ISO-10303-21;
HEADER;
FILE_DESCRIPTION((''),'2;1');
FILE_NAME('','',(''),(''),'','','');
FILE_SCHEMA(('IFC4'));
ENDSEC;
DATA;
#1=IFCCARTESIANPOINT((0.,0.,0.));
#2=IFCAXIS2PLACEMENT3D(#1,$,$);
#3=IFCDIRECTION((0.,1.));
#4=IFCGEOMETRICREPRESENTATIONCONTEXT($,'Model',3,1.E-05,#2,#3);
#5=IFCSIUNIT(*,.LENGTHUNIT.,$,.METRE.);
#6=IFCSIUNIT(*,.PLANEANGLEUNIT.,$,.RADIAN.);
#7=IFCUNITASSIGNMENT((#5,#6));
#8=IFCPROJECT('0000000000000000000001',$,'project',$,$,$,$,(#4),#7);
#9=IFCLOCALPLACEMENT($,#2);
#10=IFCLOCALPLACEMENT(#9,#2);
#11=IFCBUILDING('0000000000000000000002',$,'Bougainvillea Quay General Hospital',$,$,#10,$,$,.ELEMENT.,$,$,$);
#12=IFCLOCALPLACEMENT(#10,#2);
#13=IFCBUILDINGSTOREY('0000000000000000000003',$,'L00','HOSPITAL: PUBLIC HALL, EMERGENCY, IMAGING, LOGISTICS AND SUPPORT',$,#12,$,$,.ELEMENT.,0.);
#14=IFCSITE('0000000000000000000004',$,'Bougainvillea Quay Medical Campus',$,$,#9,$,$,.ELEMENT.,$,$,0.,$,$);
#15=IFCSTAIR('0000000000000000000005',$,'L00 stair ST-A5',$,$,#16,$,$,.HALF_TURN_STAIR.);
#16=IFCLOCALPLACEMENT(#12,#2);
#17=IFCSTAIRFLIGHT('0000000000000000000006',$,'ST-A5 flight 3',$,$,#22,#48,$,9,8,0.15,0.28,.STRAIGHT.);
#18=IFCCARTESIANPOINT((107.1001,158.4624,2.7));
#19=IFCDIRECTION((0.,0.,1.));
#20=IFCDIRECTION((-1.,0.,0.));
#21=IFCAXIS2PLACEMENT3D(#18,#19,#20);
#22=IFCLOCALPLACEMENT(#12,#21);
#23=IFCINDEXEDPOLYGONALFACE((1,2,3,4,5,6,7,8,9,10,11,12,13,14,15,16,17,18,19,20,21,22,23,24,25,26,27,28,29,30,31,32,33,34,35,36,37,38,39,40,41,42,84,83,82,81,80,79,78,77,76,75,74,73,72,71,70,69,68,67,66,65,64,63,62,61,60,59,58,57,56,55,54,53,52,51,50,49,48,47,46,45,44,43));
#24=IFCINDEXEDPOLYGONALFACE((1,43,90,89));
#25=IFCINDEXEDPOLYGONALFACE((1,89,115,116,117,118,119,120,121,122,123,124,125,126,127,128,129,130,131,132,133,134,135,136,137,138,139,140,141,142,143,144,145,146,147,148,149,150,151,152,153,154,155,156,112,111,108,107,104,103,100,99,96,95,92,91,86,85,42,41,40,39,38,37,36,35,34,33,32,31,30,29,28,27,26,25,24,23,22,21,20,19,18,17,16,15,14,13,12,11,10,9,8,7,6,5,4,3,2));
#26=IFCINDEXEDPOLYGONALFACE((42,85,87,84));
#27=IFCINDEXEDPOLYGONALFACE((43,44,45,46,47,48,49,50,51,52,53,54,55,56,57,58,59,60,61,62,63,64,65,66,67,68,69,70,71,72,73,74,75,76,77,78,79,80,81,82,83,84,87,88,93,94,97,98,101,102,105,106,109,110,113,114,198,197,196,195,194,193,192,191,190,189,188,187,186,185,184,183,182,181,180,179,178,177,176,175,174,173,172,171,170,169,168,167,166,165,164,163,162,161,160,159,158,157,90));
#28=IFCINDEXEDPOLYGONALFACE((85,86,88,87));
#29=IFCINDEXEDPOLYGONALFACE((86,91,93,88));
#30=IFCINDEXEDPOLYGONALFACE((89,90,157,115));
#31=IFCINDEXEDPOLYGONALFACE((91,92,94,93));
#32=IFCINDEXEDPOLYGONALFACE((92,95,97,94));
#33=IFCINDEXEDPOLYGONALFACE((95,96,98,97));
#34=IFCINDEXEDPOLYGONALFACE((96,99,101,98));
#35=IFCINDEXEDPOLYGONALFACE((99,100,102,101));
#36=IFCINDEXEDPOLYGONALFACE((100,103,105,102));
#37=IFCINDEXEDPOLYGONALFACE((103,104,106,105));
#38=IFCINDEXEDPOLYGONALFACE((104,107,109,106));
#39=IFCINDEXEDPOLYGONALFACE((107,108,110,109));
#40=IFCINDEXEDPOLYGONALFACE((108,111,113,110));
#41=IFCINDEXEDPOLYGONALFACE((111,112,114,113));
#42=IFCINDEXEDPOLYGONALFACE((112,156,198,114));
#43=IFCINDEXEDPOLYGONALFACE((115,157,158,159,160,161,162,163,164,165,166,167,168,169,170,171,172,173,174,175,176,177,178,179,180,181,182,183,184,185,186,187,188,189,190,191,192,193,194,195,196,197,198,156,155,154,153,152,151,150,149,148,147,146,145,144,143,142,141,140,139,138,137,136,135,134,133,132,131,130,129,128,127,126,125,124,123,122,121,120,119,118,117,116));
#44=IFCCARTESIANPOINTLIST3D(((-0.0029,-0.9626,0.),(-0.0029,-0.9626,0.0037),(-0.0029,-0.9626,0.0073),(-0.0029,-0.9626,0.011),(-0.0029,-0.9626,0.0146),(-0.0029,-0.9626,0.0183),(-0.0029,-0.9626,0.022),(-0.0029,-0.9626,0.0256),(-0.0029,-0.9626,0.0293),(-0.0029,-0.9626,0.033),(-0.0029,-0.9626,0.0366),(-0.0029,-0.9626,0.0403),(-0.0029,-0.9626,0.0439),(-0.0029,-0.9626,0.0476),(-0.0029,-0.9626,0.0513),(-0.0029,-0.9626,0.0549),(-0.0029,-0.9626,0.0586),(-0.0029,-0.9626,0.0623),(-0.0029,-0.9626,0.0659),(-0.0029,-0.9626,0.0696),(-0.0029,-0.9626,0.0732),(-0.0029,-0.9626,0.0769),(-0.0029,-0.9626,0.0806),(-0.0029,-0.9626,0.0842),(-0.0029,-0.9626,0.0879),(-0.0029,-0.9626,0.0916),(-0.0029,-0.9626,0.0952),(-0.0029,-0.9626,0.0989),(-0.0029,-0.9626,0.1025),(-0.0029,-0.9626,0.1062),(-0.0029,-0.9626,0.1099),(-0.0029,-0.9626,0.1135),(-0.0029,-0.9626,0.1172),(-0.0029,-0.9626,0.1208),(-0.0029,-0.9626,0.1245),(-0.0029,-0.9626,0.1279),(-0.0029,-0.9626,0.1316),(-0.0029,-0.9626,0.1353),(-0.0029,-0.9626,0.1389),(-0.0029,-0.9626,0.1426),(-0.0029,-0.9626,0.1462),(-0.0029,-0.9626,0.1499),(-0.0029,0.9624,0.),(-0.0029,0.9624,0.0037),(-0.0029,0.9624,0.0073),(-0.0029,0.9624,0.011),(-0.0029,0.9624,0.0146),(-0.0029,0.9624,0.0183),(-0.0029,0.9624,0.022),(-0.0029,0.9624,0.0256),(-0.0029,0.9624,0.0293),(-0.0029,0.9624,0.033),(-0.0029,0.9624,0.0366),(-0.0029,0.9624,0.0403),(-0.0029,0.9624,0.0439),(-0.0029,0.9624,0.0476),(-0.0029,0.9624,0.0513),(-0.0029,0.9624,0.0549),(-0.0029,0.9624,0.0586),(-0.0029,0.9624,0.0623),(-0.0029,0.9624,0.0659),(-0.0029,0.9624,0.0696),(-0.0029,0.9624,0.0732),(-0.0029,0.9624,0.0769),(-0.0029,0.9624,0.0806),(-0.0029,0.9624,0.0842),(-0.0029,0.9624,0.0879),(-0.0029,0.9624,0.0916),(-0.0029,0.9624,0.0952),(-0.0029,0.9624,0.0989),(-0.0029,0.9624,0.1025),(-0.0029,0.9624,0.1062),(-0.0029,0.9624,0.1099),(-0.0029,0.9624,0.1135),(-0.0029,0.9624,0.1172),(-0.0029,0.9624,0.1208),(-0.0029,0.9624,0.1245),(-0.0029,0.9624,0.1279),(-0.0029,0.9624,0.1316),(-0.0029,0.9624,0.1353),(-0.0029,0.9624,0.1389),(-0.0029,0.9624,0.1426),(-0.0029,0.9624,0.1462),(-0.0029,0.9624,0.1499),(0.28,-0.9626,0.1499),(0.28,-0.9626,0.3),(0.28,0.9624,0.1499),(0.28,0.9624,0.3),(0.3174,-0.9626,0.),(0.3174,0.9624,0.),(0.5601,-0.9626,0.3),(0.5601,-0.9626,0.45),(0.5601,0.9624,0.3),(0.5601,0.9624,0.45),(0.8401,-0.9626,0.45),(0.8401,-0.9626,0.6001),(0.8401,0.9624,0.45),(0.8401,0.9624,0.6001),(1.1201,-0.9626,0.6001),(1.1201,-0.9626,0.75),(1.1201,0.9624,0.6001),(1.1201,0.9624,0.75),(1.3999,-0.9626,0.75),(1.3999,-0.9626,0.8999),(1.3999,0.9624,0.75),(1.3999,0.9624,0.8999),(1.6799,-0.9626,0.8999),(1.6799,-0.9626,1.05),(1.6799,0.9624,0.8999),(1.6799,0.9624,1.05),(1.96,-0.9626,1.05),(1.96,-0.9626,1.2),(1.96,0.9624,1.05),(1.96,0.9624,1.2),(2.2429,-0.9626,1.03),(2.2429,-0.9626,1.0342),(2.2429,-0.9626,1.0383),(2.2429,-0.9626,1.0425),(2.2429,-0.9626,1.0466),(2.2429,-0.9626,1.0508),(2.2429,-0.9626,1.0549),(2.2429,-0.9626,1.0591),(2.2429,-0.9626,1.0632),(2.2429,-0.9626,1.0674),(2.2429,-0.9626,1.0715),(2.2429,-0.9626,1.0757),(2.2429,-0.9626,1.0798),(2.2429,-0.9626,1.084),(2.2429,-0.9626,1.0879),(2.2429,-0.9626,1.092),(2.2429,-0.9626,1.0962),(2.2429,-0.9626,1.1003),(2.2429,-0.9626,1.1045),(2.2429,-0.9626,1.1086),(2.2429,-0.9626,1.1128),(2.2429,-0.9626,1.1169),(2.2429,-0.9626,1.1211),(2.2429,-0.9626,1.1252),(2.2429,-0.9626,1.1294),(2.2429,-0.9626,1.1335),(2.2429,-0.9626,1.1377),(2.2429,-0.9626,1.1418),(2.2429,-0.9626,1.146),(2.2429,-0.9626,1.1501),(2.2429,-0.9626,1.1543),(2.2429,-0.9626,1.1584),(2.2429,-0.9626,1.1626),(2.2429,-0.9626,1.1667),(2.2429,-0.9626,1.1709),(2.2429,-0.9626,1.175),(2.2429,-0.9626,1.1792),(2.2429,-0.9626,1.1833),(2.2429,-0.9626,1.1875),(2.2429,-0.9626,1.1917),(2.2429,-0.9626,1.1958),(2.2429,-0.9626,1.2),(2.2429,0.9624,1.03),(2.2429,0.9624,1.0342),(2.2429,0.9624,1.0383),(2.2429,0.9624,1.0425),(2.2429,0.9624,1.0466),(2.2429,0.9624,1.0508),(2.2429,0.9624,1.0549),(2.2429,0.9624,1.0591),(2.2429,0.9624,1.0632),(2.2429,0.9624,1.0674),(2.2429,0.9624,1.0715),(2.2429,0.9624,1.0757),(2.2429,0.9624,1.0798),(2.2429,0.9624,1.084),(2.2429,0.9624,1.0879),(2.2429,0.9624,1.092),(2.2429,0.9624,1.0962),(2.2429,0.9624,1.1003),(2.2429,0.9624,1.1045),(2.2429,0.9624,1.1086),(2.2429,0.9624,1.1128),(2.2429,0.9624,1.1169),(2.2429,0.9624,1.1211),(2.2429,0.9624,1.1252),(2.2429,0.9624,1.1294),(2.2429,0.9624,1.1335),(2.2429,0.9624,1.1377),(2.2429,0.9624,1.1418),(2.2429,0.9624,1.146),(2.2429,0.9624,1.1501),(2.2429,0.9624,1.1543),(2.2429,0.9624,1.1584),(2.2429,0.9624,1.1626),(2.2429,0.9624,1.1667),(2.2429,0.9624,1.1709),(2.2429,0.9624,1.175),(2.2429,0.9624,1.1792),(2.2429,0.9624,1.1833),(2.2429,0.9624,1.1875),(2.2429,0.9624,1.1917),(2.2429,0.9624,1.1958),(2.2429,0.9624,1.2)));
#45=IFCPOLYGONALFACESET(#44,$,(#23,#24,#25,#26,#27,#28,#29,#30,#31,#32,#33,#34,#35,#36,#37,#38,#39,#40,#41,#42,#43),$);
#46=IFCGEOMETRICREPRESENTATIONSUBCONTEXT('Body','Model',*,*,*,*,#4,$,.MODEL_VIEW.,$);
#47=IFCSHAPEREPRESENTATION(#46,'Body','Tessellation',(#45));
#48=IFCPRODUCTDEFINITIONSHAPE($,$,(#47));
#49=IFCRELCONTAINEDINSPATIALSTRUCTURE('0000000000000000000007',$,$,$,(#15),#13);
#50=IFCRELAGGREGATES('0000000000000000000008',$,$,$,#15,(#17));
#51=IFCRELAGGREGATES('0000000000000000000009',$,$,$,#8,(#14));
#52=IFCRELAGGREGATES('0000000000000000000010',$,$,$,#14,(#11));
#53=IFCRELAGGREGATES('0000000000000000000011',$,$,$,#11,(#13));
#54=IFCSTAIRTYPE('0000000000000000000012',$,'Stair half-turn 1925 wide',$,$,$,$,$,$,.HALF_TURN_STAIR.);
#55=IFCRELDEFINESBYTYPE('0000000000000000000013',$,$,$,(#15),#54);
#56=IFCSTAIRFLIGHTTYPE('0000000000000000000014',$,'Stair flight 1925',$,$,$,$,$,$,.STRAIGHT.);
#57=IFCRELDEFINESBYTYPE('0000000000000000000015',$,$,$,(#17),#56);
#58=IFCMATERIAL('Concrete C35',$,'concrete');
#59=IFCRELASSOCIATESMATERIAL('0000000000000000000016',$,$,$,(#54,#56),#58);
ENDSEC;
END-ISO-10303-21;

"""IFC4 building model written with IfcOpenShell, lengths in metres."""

from ifc_helpers import new_model, si_unit, direction, frame, origin, place, context, subcontext, project, spatial, polyline, outline, extrude, material, type_object, element, aggregate, save


model = new_model("IFC4")

# Units and contexts
model_context = context("Model", 3, precision=1e-05, world=origin(), true_north=direction((0.0, 1.0)))
body_context = subcontext(model_context, "Body", "Model", "MODEL_VIEW")
ifc_project = project(units=[si_unit("LENGTHUNIT", "METRE"), si_unit("PLANEANGLEUNIT", "RADIAN")], contexts=[model_context])

# Site, building, storey
site_placement = place(None, origin())
site = spatial("IfcSite", under=ifc_project, at=site_placement, Name="Bougainvillea Quay Medical Campus", CompositionType="ELEMENT", RefElevation=0.0)
building_placement = place(site_placement, origin())
building = spatial("IfcBuilding", under=site, at=building_placement, Name="Bougainvillea Quay General Hospital", CompositionType="ELEMENT")
storey_placement = place(building_placement, origin())
storey = spatial("IfcBuildingStorey", under=building, at=storey_placement, Name="L00", Description="HOSPITAL: PUBLIC HALL, EMERGENCY, IMAGING, LOGISTICS AND SUPPORT", CompositionType="ELEMENT", Elevation=0.0)

# Stair, stair flight
ifc_material_1 = material(Name="Concrete C35", Category="concrete")
stair_type = type_object("IfcStairType", Name="Stair half-turn 1925 wide", PredefinedType="HALF_TURN_STAIR", material=ifc_material_1)
stair_placement = place(storey_placement, origin())
stair = element("IfcStair", 1, at=stair_placement, inside=storey, type_object=stair_type, Name="L00 stair ST-A5", PredefinedType="HALF_TURN_STAIR")
stair_flight_type = type_object("IfcStairFlightType", Name="Stair flight 1925", PredefinedType="STRAIGHT", material=ifc_material_1)
stair_flight_placement = place(storey_placement, frame((107.1001, 158.4624, 2.7), z_axis=(0.0, 0.0, 1.0), x_axis=(-1.0, 0.0, 0.0)))
stair_flight = element("IfcStairFlight", 2, at=stair_flight_placement, type_object=stair_flight_type, Name="ST-A5 flight 3", NumberOfRisers=9, NumberOfTreads=8, PredefinedType="STRAIGHT", RiserHeight=0.15, TreadLength=0.28, context=body_context, shape_type="SweptSolid", body=[
    extrude(outline(polyline([(-0.0029, 0.0), (-0.0029, 0.0037), (-0.0029, 0.0073), (-0.0029, 0.011), (-0.0029, 0.0146), (-0.0029, 0.0183), (-0.0029, 0.022), (-0.0029, 0.0256), (-0.0029, 0.0293), (-0.0029, 0.033), (-0.0029, 0.0366), (-0.0029, 0.0403), (-0.0029, 0.0439), (-0.0029, 0.0476), (-0.0029, 0.0513), (-0.0029, 0.0549), (-0.0029, 0.0586), (-0.0029, 0.0623), (-0.0029, 0.0659), (-0.0029, 0.0696), (-0.0029, 0.0732), (-0.0029, 0.0769), (-0.0029, 0.0806), (-0.0029, 0.0842), (-0.0029, 0.0879), (-0.0029, 0.0916), (-0.0029, 0.0952), (-0.0029, 0.0989), (-0.0029, 0.1025), (-0.0029, 0.1062), (-0.0029, 0.1099), (-0.0029, 0.1135), (-0.0029, 0.1172), (-0.0029, 0.1208), (-0.0029, 0.1245), (-0.0029, 0.1279), (-0.0029, 0.1316), (-0.0029, 0.1353), (-0.0029, 0.1389), (-0.0029, 0.1426), (-0.0029, 0.1462), (-0.0029, 0.1499), (0.28, 0.1499), (0.28, 0.3), (0.5601, 0.3), (0.5601, 0.45), (0.8401, 0.45), (0.8401, 0.6001), (1.1201, 0.6001), (1.1201, 0.75), (1.3999, 0.75), (1.3999, 0.8999), (1.6799, 0.8999), (1.6799, 1.05), (1.96, 1.05), (1.96, 1.2), (2.2429, 1.2), (2.2429, 1.1958), (2.2429, 1.1917), (2.2429, 1.1875), (2.2429, 1.1833), (2.2429, 1.1792), (2.2429, 1.175), (2.2429, 1.1709), (2.2429, 1.1667), (2.2429, 1.1626), (2.2429, 1.1584), (2.2429, 1.1543), (2.2429, 1.1501), (2.2429, 1.146), (2.2429, 1.1418), (2.2429, 1.1377), (2.2429, 1.1335), (2.2429, 1.1294), (2.2429, 1.1252), (2.2429, 1.1211), (2.2429, 1.1169), (2.2429, 1.1128), (2.2429, 1.1086), (2.2429, 1.1045), (2.2429, 1.1003), (2.2429, 1.0962), (2.2429, 1.092), (2.2429, 1.0879), (2.2429, 1.084), (2.2429, 1.0798), (2.2429, 1.0757), (2.2429, 1.0715), (2.2429, 1.0674), (2.2429, 1.0632), (2.2429, 1.0591), (2.2429, 1.0549), (2.2429, 1.0508), (2.2429, 1.0466), (2.2429, 1.0425), (2.2429, 1.0383), (2.2429, 1.0342), (2.2429, 1.03), (0.3174, 0.0), (-0.0029, 0.0)])), frame((0.0, 0.9624, 0.0), z_axis=(0.0, -1.0, 0.0), x_axis=(1.0, 0.0, 0.0)), (0.0, 0.0, 1.0), 1.925),
])
aggregate(stair, [stair_flight])

save(model, "model.ifc")
